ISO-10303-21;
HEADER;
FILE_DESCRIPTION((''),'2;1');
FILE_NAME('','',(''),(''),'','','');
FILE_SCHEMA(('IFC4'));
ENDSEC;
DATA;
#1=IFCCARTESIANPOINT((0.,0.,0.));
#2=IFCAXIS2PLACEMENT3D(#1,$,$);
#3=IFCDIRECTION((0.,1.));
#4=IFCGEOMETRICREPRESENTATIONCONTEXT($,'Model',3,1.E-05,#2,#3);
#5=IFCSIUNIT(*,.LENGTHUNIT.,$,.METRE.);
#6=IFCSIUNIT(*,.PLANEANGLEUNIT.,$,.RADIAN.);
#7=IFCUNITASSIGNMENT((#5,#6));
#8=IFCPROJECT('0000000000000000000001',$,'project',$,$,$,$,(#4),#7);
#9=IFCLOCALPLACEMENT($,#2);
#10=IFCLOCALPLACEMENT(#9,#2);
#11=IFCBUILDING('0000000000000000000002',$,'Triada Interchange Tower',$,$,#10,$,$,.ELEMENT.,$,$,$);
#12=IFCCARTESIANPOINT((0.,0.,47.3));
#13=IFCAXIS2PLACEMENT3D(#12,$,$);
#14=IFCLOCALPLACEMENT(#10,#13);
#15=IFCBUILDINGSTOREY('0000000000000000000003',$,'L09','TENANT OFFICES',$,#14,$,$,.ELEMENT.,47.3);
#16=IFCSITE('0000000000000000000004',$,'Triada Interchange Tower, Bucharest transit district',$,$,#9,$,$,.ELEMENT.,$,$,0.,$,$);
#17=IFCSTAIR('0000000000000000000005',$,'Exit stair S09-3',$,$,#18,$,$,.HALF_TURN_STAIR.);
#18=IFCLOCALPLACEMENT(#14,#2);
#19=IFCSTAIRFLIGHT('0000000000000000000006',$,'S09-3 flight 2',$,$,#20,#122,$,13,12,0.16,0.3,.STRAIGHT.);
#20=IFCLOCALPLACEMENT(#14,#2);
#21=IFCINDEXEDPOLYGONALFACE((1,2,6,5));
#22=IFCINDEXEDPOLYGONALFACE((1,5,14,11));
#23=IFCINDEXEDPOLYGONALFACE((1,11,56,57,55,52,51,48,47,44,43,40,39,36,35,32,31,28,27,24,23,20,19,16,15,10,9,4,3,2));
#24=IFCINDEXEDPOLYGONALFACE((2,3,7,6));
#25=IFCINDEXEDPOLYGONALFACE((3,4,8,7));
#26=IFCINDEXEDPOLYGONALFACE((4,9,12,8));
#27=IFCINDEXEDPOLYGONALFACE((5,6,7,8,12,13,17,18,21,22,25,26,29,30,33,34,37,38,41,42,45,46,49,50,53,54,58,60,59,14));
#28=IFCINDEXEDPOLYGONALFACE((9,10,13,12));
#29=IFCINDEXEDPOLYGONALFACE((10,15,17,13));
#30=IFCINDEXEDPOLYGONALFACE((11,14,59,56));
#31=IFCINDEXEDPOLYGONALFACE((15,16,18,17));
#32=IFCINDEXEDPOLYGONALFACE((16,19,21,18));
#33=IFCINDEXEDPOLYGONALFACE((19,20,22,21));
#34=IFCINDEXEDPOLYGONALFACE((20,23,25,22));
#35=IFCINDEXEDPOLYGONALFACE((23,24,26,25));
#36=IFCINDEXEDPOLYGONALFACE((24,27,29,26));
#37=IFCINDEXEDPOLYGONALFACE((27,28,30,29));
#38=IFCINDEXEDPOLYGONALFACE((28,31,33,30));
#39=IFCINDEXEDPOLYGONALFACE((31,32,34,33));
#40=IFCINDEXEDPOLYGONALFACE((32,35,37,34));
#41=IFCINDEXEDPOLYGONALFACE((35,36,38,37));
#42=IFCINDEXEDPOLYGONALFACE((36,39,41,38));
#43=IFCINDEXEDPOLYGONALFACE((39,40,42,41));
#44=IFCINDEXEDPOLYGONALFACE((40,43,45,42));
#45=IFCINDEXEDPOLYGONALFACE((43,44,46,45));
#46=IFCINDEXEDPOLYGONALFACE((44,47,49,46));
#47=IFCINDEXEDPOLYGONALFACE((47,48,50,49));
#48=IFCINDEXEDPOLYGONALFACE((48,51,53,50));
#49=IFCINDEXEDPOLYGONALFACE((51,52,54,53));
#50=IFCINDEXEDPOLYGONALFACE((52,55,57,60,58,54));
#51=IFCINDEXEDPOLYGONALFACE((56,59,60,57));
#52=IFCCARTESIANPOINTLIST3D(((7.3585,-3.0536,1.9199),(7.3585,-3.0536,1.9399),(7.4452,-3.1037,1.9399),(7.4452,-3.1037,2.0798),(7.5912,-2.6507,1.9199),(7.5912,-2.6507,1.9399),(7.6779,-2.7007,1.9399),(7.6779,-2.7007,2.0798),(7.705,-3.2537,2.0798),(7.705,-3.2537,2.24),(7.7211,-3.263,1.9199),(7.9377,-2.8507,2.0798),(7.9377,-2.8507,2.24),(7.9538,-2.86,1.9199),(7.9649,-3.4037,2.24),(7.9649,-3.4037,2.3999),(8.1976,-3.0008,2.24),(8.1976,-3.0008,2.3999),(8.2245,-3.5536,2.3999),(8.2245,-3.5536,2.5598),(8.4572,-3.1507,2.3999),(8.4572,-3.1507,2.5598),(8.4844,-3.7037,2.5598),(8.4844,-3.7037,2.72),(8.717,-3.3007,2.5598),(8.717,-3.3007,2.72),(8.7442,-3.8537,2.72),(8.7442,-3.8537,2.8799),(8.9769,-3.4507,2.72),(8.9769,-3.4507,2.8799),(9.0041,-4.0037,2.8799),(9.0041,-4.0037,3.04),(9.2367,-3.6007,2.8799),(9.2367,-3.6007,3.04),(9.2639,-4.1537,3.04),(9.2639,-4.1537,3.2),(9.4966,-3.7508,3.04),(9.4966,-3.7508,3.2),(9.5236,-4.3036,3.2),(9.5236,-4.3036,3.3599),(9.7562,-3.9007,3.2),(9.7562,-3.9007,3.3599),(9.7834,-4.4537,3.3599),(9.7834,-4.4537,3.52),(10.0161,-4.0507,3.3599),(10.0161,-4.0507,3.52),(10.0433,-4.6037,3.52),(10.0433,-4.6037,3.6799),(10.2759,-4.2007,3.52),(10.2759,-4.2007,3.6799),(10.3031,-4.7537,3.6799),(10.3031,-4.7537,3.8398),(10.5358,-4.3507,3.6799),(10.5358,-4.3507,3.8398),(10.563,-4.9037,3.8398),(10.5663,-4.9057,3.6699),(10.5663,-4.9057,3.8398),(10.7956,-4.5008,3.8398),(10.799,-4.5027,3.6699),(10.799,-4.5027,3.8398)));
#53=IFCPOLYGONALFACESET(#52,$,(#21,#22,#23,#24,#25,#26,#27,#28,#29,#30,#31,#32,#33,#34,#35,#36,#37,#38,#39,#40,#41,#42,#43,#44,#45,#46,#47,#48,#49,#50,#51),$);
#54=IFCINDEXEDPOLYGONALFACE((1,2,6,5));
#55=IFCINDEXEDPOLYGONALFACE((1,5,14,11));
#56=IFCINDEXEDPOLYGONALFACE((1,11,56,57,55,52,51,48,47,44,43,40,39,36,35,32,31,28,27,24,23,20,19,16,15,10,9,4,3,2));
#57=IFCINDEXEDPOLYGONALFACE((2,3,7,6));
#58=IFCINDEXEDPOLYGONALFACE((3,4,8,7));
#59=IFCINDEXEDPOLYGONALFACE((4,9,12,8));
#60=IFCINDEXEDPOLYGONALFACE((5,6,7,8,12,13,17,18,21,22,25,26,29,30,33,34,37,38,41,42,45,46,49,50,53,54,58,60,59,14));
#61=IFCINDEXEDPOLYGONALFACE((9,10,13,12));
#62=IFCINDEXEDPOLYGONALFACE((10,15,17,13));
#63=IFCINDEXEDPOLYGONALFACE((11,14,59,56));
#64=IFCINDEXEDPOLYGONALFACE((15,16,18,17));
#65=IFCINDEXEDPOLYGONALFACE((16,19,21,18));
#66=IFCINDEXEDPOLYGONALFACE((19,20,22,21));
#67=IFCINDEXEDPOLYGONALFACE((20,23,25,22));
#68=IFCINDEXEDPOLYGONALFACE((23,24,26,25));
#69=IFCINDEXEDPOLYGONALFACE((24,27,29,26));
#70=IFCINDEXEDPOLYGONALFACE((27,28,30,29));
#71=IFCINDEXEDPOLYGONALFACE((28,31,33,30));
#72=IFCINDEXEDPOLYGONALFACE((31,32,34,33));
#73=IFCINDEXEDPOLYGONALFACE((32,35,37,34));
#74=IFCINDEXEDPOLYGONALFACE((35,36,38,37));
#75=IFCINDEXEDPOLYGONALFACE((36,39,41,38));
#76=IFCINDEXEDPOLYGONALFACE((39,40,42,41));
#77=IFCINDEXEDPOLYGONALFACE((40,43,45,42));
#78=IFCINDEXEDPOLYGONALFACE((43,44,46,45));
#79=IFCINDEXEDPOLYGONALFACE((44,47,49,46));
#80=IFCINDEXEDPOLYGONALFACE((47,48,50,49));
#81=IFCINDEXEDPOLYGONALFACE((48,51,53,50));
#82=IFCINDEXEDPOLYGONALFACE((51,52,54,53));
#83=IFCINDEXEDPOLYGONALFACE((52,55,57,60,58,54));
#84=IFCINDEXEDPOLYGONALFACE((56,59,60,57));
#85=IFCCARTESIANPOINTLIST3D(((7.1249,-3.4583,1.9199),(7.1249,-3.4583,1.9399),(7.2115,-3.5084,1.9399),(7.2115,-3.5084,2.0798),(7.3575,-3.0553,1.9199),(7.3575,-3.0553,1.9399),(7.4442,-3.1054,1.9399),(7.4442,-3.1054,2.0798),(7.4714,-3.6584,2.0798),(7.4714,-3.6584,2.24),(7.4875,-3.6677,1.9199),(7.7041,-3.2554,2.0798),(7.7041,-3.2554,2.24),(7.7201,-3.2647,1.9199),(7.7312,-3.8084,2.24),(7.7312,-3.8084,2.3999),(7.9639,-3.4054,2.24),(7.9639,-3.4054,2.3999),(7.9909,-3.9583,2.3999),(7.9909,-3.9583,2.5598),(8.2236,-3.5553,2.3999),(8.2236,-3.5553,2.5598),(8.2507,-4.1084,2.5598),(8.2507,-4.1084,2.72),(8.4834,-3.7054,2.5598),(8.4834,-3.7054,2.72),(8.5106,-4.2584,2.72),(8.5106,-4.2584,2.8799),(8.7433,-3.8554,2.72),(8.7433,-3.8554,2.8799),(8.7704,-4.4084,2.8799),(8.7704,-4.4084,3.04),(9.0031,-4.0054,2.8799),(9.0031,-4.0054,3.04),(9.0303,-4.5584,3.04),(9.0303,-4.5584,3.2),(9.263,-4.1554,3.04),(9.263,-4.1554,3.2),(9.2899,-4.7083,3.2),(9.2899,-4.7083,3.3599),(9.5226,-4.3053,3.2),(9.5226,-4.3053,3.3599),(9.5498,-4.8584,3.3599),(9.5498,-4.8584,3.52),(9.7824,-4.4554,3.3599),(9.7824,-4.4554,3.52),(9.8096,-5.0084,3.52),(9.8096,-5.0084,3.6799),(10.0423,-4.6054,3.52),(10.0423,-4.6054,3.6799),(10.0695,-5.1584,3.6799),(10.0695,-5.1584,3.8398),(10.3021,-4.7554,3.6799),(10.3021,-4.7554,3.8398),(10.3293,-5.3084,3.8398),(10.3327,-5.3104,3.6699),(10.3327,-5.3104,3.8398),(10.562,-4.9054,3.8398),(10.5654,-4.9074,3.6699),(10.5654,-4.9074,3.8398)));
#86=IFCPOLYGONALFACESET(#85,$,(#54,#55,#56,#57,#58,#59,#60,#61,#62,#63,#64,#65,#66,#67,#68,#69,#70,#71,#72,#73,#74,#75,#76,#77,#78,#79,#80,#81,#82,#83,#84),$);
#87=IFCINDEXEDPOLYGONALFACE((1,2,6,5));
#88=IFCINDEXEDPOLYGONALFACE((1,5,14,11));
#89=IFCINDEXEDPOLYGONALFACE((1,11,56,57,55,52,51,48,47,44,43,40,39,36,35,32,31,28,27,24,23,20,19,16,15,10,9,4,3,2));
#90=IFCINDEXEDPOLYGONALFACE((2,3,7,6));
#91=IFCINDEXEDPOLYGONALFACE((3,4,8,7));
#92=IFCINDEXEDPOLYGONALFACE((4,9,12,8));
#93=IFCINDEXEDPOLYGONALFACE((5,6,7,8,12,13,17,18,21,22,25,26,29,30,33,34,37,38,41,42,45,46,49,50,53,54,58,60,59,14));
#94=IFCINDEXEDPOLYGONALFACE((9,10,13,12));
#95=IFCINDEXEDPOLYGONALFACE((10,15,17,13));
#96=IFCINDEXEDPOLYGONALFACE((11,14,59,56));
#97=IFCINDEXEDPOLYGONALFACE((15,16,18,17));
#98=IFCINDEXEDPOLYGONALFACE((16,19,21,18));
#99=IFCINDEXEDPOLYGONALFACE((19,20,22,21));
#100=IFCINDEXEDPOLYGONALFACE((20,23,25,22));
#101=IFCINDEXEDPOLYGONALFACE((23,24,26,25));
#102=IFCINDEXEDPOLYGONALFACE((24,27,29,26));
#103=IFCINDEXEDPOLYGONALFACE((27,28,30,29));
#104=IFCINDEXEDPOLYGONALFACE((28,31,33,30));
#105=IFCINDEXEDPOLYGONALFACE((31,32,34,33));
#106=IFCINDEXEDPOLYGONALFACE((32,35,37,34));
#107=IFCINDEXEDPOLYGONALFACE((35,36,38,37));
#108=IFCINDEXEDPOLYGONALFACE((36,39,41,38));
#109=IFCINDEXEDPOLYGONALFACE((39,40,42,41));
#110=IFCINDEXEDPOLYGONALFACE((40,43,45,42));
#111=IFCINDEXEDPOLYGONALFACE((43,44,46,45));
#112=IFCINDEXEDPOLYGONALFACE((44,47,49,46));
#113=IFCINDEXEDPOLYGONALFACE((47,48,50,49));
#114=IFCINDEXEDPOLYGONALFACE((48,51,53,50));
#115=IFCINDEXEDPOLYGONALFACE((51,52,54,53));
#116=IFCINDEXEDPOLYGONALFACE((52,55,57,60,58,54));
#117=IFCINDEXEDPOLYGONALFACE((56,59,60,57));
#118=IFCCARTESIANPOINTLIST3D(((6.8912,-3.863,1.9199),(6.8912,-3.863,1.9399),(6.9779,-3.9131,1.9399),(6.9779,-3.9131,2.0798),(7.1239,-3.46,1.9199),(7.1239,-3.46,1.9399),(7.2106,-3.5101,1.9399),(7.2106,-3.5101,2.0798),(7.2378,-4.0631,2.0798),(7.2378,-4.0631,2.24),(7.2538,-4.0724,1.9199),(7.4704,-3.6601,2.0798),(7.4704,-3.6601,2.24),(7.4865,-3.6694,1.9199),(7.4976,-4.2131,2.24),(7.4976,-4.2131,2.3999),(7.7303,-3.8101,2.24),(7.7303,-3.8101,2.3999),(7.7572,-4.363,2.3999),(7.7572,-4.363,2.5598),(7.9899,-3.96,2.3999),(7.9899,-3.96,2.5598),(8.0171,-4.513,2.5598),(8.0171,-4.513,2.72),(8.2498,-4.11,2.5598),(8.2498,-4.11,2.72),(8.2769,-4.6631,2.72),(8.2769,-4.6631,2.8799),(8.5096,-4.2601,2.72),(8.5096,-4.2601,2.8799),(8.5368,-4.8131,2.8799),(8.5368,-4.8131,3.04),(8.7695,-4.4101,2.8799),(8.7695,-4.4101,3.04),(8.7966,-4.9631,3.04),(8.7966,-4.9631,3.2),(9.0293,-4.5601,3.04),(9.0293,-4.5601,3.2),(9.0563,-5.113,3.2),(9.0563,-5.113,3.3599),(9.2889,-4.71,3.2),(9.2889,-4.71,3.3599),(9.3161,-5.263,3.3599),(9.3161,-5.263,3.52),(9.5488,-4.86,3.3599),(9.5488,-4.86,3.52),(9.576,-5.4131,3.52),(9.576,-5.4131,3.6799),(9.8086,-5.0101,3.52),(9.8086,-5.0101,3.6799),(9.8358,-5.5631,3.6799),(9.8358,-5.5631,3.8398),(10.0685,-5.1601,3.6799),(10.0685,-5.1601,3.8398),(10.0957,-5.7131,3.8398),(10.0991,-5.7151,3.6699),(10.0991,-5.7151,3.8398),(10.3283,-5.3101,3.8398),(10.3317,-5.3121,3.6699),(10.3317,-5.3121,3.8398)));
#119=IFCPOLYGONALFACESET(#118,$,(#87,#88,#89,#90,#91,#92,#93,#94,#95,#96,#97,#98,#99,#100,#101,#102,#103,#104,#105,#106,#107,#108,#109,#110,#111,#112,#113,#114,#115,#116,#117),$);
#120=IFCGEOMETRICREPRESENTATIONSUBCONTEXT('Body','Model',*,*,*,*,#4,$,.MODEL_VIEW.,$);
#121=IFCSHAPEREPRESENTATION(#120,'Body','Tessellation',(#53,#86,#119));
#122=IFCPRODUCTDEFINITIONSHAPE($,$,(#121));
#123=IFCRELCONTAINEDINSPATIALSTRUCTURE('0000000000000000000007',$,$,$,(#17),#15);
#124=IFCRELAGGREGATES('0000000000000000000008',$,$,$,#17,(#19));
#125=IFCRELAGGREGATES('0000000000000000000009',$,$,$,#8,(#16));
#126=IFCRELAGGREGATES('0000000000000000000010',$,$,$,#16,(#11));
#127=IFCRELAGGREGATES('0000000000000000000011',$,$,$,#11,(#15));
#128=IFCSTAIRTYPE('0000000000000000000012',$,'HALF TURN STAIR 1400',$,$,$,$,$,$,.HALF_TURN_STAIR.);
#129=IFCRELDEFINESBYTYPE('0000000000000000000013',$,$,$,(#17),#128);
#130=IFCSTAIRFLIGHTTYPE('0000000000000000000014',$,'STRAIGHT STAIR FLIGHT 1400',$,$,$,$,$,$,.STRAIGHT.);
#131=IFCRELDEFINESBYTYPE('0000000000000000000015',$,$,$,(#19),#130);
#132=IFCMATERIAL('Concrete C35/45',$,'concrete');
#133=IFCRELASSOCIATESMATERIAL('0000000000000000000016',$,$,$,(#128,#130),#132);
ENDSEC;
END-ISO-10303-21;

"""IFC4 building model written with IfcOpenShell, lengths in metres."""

from ifc_helpers import new_model, si_unit, direction, frame, origin, place, context, subcontext, project, spatial, polyline, outline, extrude, material, type_object, element, aggregate, save


model = new_model("IFC4")

# Units and contexts
model_context = context("Model", 3, precision=1e-05, world=origin(), true_north=direction((0.0, 1.0)))
body_context = subcontext(model_context, "Body", "Model", "MODEL_VIEW")
ifc_project = project(units=[si_unit("LENGTHUNIT", "METRE"), si_unit("PLANEANGLEUNIT", "RADIAN")], contexts=[model_context])

# Site, building, storey
site_placement = place(None, origin())
site = spatial("IfcSite", under=ifc_project, at=site_placement, Name="Triada Interchange Tower, Bucharest transit district", CompositionType="ELEMENT", RefElevation=0.0)
building_placement = place(site_placement, origin())
building = spatial("IfcBuilding", under=site, at=building_placement, Name="Triada Interchange Tower", CompositionType="ELEMENT")
storey_placement = place(building_placement, frame((0.0, 0.0, 47.3)))
storey = spatial("IfcBuildingStorey", under=building, at=storey_placement, Name="L09", Description="TENANT OFFICES", CompositionType="ELEMENT", Elevation=47.3)

# Stair, stair flight
ifc_material_1 = material(Name="Concrete C35/45", Category="concrete")
stair_type = type_object("IfcStairType", Name="HALF TURN STAIR 1400", PredefinedType="HALF_TURN_STAIR", material=ifc_material_1)
stair_placement = place(storey_placement, origin())
stair = element("IfcStair", 1, at=stair_placement, inside=storey, type_object=stair_type, Name="Exit stair S09-3", PredefinedType="HALF_TURN_STAIR")
stair_flight_type = type_object("IfcStairFlightType", Name="STRAIGHT STAIR FLIGHT 1400", PredefinedType="STRAIGHT", material=ifc_material_1)
stair_flight_1_placement = place(storey_placement, frame((7.3279, -3.3069, 1.9199), z_axis=(0.0, 0.0, 1.0), x_axis=(0.866025, -0.5, 0.0)))
stair_flight_1 = element("IfcStairFlight", 2, at=stair_flight_1_placement, type_object=stair_flight_type, Name="S09-3 flight 2", NumberOfRisers=13, NumberOfTreads=12, PredefinedType="STRAIGHT", RiserHeight=0.16, TreadLength=0.3, context=body_context, shape_type="SweptSolid", body=[
    extrude(outline(polyline([(-0.1001, 0.0), (-0.1001, 0.02), (0.0, 0.02), (0.0, 0.1599), (0.3, 0.1599), (0.3, 0.3201), (0.6001, 0.3201), (0.6001, 0.48), (0.8999, 0.48), (0.8999, 0.6399), (1.2, 0.6399), (1.2, 0.8), (1.5, 0.8), (1.5, 0.96), (1.8, 0.96), (1.8, 1.1201), (2.1001, 1.1201), (2.1001, 1.28), (2.3999, 1.28), (2.3999, 1.4399), (2.7, 1.4399), (2.7, 1.6001), (3.0, 1.6001), (3.0, 1.76), (3.3, 1.76), (3.3, 1.9199), (3.6001, 1.9199), (3.604, 1.9199), (3.604, 2.0801), (3.604, 1.75), (0.3186, 0.0), (-0.1001, 0.0)])), frame((0.0, 0.7, 0.0), z_axis=(0.0, -1.0, 0.0), x_axis=(1.0, 0.0, 0.0)), (0.0, 0.0, 1.0), 0.4653),
    extrude(outline(polyline([(-0.1001, 0.0), (-0.1001, 0.02), (0.0, 0.02), (0.0, 0.1599), (0.3, 0.1599), (0.3, 0.3201), (0.6001, 0.3201), (0.6001, 0.48), (0.8999, 0.48), (0.8999, 0.6399), (1.2, 0.6399), (1.2, 0.8), (1.5, 0.8), (1.5, 0.96), (1.8, 0.96), (1.8, 1.1201), (2.1001, 1.1201), (2.1001, 1.28), (2.3999, 1.28), (2.3999, 1.4399), (2.7, 1.4399), (2.7, 1.6001), (3.0, 1.6001), (3.0, 1.76), (3.3, 1.76), (3.3, 1.9199), (3.6001, 1.9199), (3.604, 1.9199), (3.604, 2.0801), (3.604, 1.75), (0.3186, 0.0), (-0.1001, 0.0)])), frame((0.0, 0.2327, 0.0), z_axis=(0.0, -1.0, 0.0), x_axis=(1.0, 0.0, 0.0)), (0.0, 0.0, 1.0), 0.4653),
    extrude(outline(polyline([(-0.1001, 0.0), (-0.1001, 0.02), (0.0, 0.02), (0.0, 0.1599), (0.3, 0.1599), (0.3, 0.3201), (0.6001, 0.3201), (0.6001, 0.48), (0.8999, 0.48), (0.8999, 0.6399), (1.2, 0.6399), (1.2, 0.8), (1.5, 0.8), (1.5, 0.96), (1.8, 0.96), (1.8, 1.1201), (2.1001, 1.1201), (2.1001, 1.28), (2.3999, 1.28), (2.3999, 1.4399), (2.7, 1.4399), (2.7, 1.6001), (3.0, 1.6001), (3.0, 1.76), (3.3, 1.76), (3.3, 1.9199), (3.6001, 1.9199), (3.604, 1.9199), (3.604, 2.0801), (3.604, 1.75), (0.3186, 0.0), (-0.1001, 0.0)])), frame((0.0, -0.2346, 0.0), z_axis=(0.0, -1.0, 0.0), x_axis=(1.0, 0.0, 0.0)), (0.0, 0.0, 1.0), 0.4653),
])
aggregate(stair, [stair_flight_1])

save(model, "model.ifc")
